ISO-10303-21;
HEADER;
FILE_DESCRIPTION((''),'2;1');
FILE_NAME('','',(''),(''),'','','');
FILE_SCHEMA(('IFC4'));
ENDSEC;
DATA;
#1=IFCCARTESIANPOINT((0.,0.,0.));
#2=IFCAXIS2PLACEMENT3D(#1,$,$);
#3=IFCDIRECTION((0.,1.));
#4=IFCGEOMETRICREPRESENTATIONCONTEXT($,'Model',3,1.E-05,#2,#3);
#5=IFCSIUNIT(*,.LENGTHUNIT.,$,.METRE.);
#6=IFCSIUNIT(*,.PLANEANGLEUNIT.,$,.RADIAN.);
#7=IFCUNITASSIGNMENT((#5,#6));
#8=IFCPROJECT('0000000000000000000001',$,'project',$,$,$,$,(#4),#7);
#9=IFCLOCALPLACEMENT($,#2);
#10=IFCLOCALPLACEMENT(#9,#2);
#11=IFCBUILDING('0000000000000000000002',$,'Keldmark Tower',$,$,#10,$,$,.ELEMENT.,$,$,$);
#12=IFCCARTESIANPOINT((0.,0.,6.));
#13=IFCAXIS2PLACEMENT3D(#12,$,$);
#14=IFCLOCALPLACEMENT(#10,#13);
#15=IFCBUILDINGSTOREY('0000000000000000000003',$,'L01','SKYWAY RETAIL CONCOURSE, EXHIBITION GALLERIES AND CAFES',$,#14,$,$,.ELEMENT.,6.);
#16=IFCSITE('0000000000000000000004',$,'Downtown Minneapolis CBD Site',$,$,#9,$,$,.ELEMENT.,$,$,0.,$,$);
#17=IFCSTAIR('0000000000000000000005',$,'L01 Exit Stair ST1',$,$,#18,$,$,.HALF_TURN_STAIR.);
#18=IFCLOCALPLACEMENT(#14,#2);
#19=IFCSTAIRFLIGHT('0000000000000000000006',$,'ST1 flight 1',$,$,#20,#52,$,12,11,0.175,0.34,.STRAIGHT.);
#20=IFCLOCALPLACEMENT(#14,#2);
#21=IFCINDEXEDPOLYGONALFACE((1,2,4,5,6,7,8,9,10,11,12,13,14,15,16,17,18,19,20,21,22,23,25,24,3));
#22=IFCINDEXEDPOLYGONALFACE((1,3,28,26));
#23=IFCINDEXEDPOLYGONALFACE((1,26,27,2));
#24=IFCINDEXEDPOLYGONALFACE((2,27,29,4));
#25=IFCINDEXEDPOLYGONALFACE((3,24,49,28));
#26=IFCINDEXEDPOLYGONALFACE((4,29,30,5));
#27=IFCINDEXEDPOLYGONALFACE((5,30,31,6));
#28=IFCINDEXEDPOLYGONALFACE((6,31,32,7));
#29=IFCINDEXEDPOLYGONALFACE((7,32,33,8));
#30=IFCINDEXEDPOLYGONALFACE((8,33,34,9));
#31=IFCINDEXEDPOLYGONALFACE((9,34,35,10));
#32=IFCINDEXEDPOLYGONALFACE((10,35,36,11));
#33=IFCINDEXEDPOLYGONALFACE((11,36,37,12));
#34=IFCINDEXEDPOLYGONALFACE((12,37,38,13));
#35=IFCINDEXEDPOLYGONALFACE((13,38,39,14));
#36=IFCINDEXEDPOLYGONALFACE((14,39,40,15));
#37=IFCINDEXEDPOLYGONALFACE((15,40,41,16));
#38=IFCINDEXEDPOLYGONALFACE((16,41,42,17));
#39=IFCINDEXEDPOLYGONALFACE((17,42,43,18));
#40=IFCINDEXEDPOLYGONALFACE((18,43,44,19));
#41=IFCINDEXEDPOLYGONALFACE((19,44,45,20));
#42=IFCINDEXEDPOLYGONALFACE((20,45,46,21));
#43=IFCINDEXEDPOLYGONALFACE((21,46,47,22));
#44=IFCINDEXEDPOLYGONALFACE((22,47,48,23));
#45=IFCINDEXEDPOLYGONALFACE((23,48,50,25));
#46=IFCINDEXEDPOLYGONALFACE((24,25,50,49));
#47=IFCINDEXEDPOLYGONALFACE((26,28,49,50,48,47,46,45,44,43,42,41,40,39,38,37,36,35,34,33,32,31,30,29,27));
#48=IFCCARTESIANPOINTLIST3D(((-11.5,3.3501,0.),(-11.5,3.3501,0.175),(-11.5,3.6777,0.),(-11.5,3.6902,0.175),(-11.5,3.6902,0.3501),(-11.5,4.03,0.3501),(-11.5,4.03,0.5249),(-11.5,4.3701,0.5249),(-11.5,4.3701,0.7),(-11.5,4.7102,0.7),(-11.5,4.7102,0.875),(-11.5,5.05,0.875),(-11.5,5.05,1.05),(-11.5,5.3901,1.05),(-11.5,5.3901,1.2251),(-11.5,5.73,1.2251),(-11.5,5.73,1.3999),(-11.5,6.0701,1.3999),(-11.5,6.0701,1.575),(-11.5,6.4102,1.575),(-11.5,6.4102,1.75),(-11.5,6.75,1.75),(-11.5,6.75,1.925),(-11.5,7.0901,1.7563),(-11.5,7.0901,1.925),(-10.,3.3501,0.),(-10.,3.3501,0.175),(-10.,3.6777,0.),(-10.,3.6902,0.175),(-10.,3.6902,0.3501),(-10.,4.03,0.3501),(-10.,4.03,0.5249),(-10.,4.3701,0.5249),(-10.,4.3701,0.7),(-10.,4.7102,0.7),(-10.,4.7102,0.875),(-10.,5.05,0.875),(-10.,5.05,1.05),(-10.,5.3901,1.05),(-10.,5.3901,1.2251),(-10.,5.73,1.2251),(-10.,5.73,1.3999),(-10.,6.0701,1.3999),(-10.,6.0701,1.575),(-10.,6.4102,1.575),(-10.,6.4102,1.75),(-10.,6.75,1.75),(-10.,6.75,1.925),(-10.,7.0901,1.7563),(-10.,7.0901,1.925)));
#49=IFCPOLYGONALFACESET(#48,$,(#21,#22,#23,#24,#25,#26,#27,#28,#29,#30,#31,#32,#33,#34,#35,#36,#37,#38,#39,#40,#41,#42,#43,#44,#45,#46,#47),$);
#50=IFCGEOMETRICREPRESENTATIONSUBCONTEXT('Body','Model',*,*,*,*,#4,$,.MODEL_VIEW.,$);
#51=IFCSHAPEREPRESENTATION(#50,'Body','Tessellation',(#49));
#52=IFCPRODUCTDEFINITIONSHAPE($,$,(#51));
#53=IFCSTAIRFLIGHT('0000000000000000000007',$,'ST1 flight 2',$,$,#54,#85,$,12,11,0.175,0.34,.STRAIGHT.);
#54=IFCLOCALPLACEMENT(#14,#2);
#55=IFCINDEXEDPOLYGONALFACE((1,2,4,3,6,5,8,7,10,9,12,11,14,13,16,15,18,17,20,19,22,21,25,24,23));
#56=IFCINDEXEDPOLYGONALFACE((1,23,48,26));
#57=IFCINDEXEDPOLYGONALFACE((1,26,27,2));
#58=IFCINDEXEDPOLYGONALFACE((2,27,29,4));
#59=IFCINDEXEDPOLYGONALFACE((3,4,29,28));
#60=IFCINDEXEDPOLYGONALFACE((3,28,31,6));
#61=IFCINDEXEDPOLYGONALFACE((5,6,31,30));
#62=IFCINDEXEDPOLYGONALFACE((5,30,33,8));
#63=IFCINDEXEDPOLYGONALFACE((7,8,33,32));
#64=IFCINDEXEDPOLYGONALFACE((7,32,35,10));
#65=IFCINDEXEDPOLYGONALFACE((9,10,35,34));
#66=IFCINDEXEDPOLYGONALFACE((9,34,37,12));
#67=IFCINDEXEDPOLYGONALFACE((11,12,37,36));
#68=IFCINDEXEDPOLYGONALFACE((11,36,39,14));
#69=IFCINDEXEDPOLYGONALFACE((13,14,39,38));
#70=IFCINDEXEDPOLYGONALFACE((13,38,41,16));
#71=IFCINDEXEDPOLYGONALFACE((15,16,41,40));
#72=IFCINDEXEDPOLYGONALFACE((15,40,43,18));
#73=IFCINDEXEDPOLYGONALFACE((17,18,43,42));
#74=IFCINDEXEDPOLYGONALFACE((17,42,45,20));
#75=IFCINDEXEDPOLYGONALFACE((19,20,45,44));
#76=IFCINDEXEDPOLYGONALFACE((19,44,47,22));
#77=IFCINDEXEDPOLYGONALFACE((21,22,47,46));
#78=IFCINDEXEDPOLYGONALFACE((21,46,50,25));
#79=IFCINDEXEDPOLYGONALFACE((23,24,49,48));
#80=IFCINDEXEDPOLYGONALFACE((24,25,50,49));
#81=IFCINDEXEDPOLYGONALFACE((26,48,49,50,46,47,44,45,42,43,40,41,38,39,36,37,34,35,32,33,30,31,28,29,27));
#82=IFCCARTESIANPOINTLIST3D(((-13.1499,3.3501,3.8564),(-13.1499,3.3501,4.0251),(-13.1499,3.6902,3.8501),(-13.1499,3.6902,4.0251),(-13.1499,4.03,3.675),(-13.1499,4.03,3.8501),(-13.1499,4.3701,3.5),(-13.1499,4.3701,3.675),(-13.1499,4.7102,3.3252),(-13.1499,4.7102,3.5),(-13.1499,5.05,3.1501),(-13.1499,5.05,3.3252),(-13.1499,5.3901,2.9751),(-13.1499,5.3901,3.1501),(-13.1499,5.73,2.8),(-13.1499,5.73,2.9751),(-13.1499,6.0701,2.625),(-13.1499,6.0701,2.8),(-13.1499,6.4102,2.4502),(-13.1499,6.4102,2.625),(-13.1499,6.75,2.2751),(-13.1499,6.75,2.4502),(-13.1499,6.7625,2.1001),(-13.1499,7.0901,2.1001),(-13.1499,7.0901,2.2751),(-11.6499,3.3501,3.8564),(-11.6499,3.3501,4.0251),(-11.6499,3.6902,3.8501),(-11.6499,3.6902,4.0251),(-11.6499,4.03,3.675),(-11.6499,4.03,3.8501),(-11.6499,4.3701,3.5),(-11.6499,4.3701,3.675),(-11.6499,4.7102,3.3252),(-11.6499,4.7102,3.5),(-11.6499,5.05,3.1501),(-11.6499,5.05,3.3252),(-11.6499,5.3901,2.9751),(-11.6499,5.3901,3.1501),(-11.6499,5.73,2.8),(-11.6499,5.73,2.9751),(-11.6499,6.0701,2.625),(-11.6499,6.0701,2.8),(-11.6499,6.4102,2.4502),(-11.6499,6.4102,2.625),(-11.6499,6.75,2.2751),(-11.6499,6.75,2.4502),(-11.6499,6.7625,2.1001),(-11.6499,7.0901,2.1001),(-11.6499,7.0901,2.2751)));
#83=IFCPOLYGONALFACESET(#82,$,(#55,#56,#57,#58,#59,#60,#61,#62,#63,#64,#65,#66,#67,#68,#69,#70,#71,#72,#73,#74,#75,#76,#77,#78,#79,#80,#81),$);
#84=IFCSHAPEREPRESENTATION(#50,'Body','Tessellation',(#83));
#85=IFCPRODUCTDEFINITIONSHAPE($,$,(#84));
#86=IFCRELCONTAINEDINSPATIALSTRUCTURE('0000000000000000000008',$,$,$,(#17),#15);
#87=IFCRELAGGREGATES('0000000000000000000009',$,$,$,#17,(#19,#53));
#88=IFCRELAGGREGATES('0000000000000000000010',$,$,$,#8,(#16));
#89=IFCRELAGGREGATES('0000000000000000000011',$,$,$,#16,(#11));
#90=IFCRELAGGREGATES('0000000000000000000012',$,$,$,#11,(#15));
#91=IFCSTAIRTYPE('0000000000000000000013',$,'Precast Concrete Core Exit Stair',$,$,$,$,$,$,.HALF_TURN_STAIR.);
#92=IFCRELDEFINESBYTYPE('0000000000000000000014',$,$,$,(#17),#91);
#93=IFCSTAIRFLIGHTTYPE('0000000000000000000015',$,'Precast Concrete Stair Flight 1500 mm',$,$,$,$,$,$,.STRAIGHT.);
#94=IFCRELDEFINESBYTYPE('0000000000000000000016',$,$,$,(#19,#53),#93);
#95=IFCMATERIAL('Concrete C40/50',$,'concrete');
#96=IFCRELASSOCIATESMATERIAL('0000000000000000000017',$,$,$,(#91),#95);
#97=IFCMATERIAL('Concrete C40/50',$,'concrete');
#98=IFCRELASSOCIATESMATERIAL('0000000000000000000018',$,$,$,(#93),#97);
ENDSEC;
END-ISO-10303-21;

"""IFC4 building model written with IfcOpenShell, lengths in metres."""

from ifc_helpers import new_model, si_unit, direction, frame, origin, place, context, subcontext, project, spatial, polyline, outline, extrude, material, type_object, element, aggregate, save


model = new_model("IFC4")

# Units and contexts
model_context = context("Model", 3, precision=1e-05, world=origin(), true_north=direction((0.0, 1.0)))
body_context = subcontext(model_context, "Body", "Model", "MODEL_VIEW")
ifc_project = project(units=[si_unit("LENGTHUNIT", "METRE"), si_unit("PLANEANGLEUNIT", "RADIAN")], contexts=[model_context])

# Site, building, storey
site_placement = place(None, origin())
site = spatial("IfcSite", under=ifc_project, at=site_placement, Name="Downtown Minneapolis CBD Site", CompositionType="ELEMENT", RefElevation=0.0)
building_placement = place(site_placement, origin())
building = spatial("IfcBuilding", under=site, at=building_placement, Name="Keldmark Tower", CompositionType="ELEMENT")
storey_placement = place(building_placement, frame((0.0, 0.0, 6.0)))
storey = spatial("IfcBuildingStorey", under=building, at=storey_placement, Name="L01", Description="SKYWAY RETAIL CONCOURSE, EXHIBITION GALLERIES AND CAFES", CompositionType="ELEMENT", Elevation=6.0)

# Stair, stair flights
ifc_material_1 = material(Name="Concrete C40/50", Category="concrete")
stair_type = type_object("IfcStairType", Name="Precast Concrete Core Exit Stair", PredefinedType="HALF_TURN_STAIR", material=ifc_material_1)
stair_placement = place(storey_placement, origin())
stair = element("IfcStair", 1, at=stair_placement, inside=storey, type_object=stair_type, Name="L01 Exit Stair ST1", PredefinedType="HALF_TURN_STAIR")
ifc_material_2 = material(Name="Concrete C40/50", Category="concrete")
stair_flight_type = type_object("IfcStairFlightType", Name="Precast Concrete Stair Flight 1500 mm", PredefinedType="STRAIGHT", material=ifc_material_2)
stair_flight_1_placement = place(storey_placement, frame((-10.75, 3.3501, 0.0), z_axis=(0.0, 0.0, 1.0), x_axis=(0.0, 1.0, 0.0)))
stair_flight_1 = element("IfcStairFlight", 2, at=stair_flight_1_placement, type_object=stair_flight_type, Name="ST1 flight 1", NumberOfRisers=12, NumberOfTreads=11, PredefinedType="STRAIGHT", RiserHeight=0.175, TreadLength=0.34, context=body_context, shape_type="SweptSolid", body=[
    extrude(outline(polyline([(0.0, 0.0), (0.0, 0.175), (0.3401, 0.175), (0.3401, 0.3501), (0.6799, 0.3501), (0.6799, 0.5249), (1.02, 0.5249), (1.02, 0.7), (1.3601, 0.7), (1.3601, 0.875), (1.7, 0.875), (1.7, 1.05), (2.04, 1.05), (2.04, 1.2251), (2.3799, 1.2251), (2.3799, 1.3999), (2.72, 1.3999), (2.72, 1.575), (3.0601, 1.575), (3.0601, 1.75), (3.3999, 1.75), (3.3999, 1.925), (3.74, 1.925), (3.74, 2.1001), (3.74, 1.7563), (0.3276, 0.0), (0.0, 0.0)])), frame((0.0, 0.75, 0.0), z_axis=(0.0, -1.0, 0.0), x_axis=(1.0, 0.0, 0.0)), (0.0, 0.0, 1.0), 1.5),
])
stair_flight_2_placement = place(storey_placement, frame((-12.3999, 7.0901, 2.1001), z_axis=(0.0, 0.0, 1.0), x_axis=(0.0, -1.0, 0.0)))
stair_flight_2 = element("IfcStairFlight", 3, at=stair_flight_2_placement, type_object=stair_flight_type, Name="ST1 flight 2", NumberOfRisers=12, NumberOfTreads=11, PredefinedType="STRAIGHT", RiserHeight=0.175, TreadLength=0.34, context=body_context, shape_type="SweptSolid", body=[
    extrude(outline(polyline([(0.0, 0.0), (0.0, 0.175), (0.3401, 0.175), (0.3401, 0.3501), (0.6799, 0.3501), (0.6799, 0.5249), (1.02, 0.5249), (1.02, 0.7), (1.3601, 0.7), (1.3601, 0.875), (1.7, 0.875), (1.7, 1.05), (2.04, 1.05), (2.04, 1.2251), (2.3799, 1.2251), (2.3799, 1.3999), (2.72, 1.3999), (2.72, 1.575), (3.0601, 1.575), (3.0601, 1.75), (3.3999, 1.75), (3.3999, 1.925), (3.74, 1.925), (3.74, 2.1001), (3.74, 1.7563), (0.3276, 0.0), (0.0, 0.0)])), frame((0.0, 0.75, 0.0), z_axis=(0.0, -1.0, 0.0), x_axis=(1.0, 0.0, 0.0)), (0.0, 0.0, 1.0), 1.5),
])
aggregate(stair, [stair_flight_1, stair_flight_2])

save(model, "model.ifc")
